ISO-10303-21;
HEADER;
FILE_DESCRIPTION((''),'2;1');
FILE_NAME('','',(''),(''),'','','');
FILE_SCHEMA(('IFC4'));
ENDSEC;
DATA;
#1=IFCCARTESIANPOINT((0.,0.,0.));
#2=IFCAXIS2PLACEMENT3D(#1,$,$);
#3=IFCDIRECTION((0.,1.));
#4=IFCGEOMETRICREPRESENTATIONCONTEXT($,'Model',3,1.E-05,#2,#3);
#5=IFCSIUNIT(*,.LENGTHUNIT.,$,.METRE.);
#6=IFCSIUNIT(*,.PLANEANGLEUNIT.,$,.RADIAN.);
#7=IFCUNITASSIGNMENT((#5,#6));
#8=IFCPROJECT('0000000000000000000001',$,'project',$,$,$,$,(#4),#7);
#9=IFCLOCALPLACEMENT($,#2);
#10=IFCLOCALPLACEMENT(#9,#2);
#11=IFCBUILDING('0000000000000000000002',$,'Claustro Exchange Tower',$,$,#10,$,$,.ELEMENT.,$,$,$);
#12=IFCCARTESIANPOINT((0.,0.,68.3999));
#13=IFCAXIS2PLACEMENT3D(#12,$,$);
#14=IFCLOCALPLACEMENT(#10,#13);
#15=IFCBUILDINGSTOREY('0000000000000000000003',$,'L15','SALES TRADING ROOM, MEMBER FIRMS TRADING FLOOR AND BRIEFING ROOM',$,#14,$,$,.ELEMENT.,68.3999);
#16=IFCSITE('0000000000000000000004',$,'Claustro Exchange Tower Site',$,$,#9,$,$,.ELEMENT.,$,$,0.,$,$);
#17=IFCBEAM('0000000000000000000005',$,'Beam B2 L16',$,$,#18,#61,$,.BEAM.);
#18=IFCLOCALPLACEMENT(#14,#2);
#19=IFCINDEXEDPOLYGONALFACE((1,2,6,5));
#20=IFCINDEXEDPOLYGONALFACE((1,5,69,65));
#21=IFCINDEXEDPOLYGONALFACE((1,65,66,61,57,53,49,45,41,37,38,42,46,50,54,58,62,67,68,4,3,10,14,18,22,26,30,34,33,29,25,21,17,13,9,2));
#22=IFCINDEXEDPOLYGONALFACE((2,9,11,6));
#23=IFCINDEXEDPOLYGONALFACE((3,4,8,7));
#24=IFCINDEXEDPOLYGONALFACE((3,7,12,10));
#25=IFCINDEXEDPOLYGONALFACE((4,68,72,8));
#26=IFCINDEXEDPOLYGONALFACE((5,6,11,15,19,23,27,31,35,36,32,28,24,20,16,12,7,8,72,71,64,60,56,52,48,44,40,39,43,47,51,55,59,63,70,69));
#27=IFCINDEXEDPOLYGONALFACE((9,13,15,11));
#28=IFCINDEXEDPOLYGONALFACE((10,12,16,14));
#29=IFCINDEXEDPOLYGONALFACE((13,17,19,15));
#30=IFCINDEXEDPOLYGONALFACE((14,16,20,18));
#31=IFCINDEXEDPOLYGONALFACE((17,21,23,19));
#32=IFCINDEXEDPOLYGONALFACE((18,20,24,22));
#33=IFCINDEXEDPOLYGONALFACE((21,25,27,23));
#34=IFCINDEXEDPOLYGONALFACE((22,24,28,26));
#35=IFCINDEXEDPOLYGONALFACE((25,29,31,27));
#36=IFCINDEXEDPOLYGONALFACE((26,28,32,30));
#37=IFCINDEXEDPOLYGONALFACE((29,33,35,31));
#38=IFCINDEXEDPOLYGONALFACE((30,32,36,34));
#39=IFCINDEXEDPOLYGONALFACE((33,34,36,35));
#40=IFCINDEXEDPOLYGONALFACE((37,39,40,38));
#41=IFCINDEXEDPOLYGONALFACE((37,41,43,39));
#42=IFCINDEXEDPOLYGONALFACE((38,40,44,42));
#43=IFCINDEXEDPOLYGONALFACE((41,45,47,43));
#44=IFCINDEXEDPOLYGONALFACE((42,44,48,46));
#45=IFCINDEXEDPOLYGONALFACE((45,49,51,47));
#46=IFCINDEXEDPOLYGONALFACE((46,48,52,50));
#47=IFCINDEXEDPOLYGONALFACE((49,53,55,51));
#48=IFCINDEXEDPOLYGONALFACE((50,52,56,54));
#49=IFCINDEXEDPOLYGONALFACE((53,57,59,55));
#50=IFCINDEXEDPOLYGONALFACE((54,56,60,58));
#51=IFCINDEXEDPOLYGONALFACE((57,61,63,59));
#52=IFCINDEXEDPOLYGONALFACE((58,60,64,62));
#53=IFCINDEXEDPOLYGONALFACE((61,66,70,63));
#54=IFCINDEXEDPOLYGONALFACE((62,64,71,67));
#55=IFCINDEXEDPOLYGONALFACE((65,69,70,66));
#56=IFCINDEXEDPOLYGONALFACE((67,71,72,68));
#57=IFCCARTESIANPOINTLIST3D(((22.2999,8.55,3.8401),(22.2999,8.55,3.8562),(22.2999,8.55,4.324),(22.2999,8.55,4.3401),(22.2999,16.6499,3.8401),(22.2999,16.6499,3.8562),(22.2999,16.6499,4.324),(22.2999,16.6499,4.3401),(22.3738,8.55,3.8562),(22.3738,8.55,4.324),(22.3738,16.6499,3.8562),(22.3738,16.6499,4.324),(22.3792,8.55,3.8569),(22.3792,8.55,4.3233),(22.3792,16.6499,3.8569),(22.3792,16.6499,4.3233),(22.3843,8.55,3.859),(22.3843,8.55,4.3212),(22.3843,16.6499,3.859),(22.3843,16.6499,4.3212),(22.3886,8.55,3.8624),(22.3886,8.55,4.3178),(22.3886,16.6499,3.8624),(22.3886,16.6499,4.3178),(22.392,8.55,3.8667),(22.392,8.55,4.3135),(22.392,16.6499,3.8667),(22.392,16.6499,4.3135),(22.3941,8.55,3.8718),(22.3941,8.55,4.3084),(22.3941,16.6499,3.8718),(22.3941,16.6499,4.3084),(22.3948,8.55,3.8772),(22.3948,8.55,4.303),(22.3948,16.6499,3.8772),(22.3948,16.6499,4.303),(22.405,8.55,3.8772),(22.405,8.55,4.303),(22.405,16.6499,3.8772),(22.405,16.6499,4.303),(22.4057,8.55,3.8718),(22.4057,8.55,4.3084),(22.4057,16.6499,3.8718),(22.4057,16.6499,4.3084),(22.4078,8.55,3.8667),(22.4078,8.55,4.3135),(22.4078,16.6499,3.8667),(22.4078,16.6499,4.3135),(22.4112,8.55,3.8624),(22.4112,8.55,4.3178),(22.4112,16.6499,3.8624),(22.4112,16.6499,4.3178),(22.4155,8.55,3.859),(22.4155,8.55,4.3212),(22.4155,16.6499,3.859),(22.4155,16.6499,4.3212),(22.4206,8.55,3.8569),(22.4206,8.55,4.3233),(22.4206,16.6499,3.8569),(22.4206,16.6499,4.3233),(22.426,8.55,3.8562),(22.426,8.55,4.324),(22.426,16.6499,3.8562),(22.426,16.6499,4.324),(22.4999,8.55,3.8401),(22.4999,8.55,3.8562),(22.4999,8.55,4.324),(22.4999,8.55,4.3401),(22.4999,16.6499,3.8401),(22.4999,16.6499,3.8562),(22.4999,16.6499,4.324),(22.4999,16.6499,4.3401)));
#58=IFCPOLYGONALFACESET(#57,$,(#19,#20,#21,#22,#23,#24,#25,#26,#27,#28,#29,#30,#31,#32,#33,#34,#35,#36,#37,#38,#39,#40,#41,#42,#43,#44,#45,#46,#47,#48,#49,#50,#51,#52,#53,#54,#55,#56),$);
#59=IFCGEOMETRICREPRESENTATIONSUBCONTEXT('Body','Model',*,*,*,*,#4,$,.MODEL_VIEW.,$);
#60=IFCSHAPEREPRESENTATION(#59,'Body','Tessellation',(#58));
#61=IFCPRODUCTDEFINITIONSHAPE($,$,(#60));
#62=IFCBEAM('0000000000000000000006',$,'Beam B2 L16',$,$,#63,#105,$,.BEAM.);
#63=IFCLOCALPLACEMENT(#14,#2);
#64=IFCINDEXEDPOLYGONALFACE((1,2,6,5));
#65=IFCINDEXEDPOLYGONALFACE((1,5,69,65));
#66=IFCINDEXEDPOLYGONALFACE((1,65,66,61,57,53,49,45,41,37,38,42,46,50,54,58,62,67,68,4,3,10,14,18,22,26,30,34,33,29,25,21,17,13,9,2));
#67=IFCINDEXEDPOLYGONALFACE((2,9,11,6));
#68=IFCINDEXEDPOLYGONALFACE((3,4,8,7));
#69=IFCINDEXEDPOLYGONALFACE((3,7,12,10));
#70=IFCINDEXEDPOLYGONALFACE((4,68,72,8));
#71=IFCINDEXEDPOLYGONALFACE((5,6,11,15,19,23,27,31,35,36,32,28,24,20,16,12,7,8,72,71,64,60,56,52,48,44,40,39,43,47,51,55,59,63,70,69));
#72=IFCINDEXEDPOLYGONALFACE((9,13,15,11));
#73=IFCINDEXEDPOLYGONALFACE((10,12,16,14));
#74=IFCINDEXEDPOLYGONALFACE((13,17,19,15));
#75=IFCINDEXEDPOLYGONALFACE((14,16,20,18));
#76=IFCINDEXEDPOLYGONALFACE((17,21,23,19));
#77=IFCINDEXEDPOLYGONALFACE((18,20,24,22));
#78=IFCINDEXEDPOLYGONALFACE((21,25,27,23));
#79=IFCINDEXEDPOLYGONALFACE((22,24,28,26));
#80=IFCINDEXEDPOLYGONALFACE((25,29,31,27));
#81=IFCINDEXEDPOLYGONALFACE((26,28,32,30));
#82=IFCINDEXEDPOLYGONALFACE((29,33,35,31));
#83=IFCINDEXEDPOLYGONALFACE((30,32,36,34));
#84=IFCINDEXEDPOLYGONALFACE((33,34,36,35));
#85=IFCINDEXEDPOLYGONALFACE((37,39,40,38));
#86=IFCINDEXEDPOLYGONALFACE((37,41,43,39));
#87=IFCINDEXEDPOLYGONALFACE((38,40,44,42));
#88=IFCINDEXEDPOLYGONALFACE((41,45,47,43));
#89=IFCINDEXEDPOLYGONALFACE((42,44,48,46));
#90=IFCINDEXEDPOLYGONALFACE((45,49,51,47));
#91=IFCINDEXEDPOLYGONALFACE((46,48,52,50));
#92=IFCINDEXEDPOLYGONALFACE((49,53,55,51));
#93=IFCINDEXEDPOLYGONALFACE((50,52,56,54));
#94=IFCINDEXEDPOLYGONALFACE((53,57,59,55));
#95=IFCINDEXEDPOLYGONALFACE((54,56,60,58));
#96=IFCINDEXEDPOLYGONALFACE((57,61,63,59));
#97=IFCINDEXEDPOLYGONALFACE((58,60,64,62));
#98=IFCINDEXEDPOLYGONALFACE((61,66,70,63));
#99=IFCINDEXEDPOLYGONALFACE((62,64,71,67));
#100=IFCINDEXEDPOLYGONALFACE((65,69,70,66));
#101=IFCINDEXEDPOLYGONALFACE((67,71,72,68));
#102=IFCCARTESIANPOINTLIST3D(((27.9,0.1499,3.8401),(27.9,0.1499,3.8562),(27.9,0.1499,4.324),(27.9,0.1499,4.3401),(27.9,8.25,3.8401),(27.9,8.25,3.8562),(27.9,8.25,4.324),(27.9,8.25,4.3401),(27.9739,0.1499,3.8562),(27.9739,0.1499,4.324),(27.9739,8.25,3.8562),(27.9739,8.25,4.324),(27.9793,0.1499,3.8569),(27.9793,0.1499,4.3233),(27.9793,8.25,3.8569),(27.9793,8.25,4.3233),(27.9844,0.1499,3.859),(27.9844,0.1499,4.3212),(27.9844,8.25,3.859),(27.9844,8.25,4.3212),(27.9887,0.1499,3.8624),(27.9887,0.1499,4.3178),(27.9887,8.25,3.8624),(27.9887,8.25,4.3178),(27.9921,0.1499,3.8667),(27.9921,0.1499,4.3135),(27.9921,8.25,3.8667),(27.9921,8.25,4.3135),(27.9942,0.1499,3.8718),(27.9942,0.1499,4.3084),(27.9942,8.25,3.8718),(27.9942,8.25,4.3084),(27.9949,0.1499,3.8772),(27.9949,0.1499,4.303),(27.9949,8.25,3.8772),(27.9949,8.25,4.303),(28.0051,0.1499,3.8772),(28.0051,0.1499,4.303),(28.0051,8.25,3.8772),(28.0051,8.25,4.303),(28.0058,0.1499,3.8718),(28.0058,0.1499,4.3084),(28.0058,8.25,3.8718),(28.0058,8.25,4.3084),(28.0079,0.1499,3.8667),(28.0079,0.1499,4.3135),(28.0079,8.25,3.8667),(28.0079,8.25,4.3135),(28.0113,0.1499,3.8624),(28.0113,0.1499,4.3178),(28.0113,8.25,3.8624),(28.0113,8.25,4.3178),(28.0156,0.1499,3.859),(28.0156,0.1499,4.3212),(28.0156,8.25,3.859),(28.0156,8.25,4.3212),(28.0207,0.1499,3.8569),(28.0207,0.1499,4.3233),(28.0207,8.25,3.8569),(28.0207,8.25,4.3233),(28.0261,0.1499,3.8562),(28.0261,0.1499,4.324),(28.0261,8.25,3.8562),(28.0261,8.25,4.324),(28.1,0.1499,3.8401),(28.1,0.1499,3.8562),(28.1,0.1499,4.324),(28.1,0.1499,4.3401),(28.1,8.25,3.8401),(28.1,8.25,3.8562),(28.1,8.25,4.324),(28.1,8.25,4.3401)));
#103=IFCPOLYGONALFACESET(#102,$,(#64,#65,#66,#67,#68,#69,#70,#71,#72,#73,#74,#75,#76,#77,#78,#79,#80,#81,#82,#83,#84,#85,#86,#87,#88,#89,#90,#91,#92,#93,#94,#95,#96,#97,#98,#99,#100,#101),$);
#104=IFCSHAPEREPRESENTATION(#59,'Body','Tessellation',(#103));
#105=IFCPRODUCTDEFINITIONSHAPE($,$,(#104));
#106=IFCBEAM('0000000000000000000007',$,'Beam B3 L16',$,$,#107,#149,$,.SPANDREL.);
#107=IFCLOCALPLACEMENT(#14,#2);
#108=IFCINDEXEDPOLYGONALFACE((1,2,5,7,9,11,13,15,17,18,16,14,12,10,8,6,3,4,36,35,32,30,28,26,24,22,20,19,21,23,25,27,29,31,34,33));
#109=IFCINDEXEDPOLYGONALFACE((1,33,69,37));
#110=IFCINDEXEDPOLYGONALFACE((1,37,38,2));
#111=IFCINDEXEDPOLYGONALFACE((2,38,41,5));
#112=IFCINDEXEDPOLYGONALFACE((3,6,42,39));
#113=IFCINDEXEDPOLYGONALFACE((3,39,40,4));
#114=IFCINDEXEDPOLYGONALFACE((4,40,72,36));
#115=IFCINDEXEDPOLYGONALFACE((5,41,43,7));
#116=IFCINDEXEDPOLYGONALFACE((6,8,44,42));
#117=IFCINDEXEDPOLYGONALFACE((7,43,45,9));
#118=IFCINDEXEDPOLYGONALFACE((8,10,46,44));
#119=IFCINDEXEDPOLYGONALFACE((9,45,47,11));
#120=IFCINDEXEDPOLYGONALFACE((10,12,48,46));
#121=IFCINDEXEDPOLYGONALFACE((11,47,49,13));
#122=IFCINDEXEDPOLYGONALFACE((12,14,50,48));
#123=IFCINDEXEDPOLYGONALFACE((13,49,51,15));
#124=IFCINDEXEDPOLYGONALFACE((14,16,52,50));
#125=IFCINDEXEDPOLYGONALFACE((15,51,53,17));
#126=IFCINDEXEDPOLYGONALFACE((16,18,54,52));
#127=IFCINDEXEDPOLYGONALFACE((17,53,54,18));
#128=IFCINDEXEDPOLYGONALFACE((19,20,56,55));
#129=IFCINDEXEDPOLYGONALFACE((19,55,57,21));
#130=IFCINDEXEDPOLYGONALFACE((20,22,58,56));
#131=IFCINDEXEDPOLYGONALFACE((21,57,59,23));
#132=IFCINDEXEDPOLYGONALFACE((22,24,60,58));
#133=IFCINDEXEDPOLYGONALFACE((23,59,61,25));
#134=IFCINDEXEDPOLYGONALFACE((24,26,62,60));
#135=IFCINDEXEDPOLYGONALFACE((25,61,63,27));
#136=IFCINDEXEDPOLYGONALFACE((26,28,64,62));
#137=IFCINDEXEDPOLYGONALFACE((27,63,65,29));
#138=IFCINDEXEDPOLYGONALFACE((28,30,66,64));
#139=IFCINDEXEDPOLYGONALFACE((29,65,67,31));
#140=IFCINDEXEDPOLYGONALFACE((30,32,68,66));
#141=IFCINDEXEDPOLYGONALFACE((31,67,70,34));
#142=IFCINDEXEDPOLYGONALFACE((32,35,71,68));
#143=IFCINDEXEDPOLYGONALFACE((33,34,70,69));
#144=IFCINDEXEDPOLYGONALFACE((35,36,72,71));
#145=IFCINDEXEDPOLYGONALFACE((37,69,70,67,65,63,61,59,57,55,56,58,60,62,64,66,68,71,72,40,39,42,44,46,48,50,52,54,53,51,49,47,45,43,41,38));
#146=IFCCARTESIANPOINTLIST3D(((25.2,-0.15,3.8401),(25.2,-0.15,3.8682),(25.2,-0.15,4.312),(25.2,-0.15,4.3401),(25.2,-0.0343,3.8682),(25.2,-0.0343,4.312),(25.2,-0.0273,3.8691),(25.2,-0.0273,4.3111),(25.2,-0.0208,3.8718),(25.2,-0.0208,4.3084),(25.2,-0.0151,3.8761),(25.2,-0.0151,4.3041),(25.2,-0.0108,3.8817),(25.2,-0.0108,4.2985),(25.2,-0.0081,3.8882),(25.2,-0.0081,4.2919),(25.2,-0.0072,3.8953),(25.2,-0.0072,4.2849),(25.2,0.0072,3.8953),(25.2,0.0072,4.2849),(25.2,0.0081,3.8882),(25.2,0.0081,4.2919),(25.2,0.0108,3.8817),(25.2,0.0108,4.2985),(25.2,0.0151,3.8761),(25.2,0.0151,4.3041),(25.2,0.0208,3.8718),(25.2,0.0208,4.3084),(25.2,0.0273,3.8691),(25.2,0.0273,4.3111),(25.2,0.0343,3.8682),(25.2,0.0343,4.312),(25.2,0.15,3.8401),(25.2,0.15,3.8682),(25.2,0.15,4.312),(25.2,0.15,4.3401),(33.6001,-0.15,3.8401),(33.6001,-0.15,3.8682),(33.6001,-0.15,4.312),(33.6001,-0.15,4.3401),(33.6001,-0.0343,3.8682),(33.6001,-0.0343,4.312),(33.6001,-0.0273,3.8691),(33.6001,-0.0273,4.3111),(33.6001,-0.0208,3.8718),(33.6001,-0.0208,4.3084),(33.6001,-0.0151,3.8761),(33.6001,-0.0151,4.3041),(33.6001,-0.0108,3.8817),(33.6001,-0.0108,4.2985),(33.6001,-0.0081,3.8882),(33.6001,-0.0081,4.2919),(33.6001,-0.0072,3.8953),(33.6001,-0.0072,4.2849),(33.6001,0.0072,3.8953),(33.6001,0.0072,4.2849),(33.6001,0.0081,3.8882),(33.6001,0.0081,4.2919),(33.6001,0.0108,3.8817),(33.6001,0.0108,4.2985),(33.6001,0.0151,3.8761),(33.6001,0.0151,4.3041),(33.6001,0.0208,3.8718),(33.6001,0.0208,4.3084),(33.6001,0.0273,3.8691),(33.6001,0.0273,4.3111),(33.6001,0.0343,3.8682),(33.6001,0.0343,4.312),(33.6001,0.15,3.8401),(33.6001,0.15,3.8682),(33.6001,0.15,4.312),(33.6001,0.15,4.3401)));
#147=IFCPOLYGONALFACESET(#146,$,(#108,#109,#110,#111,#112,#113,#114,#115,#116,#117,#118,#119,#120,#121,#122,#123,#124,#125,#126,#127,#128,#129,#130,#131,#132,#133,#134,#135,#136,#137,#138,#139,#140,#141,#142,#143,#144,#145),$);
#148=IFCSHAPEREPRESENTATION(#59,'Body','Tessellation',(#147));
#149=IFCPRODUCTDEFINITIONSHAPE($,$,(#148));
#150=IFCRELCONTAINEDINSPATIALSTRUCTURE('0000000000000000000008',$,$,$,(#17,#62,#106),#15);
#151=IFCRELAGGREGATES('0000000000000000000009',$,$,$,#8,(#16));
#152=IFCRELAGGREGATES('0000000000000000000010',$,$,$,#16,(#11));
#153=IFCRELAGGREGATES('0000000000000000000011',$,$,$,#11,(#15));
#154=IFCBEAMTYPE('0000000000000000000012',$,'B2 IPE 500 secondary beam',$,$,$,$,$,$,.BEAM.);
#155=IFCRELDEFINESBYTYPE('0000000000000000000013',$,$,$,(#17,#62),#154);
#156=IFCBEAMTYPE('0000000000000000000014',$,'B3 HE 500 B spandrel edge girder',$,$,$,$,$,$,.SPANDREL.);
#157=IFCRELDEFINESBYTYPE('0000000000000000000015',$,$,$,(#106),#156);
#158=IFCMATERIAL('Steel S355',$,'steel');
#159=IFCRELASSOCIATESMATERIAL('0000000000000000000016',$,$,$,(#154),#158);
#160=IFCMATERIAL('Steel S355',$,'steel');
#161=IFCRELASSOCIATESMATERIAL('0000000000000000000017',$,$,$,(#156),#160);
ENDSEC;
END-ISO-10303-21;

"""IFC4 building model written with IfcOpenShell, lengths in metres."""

from ifc_helpers import new_model, si_unit, direction, frame, origin, origin_2d, place, context, subcontext, project, spatial, i_section, extrude, material, material_profile, profile_set, type_object, element, save


model = new_model("IFC4")

# Units and contexts
model_context = context("Model", 3, precision=1e-05, world=origin(), true_north=direction((0.0, 1.0)))
body_context = subcontext(model_context, "Body", "Model", "MODEL_VIEW")
ifc_project = project(units=[si_unit("LENGTHUNIT", "METRE"), si_unit("PLANEANGLEUNIT", "RADIAN")], contexts=[model_context])

# Site, building, storey
site_placement = place(None, origin())
site = spatial("IfcSite", under=ifc_project, at=site_placement, Name="Claustro Exchange Tower Site", CompositionType="ELEMENT", RefElevation=0.0)
building_placement = place(site_placement, origin())
building = spatial("IfcBuilding", under=site, at=building_placement, Name="Claustro Exchange Tower", CompositionType="ELEMENT")
storey_placement = place(building_placement, frame((0.0, 0.0, 68.3999)))
storey = spatial("IfcBuildingStorey", under=building, at=storey_placement, Name="L15", Description="SALES TRADING ROOM, MEMBER FIRMS TRADING FLOOR AND BRIEFING ROOM", CompositionType="ELEMENT", Elevation=68.3999)

# Beams
ifc_material_1 = material(Name="Steel S355", Category="steel")
ifc_material_profile_1 = material_profile(ifc_material_1, i_section(OverallWidth=0.2, OverallDepth=0.5, WebThickness=0.0103, FlangeThickness=0.0161, FilletRadius=0.021, at=origin_2d()), Name="IPE 500")
ifc_profile_set_1 = profile_set([ifc_material_profile_1], Name="Steel S355")
beam_type_1 = type_object("IfcBeamType", Name="B2 IPE 500 secondary beam", PredefinedType="BEAM", material=ifc_profile_set_1)
for number, where, z_axis, x_axis, name in (
    (1, (22.3999, 8.55, 4.0901), (0.0, 1.0, 0.0), (-1.0, 0.0, 0.0), "Beam B2 L16"),
):
    element("IfcBeam", number, at=place(storey_placement, frame(where, z_axis=z_axis, x_axis=x_axis)), inside=storey, type_object=beam_type_1, Name=name, PredefinedType="BEAM", context=body_context, shape_type="SweptSolid", body=[
        extrude(i_section(OverallWidth=0.2, OverallDepth=0.5, WebThickness=0.0103, FlangeThickness=0.0161, FilletRadius=0.021, at=origin_2d()), origin(), (0.0, 0.0, 1.0), 8.0999),
    ])
beam_1_placement = place(storey_placement, frame((28.0, 0.1499, 4.0901), z_axis=(0.0, 1.0, 0.0), x_axis=(-1.0, 0.0, 0.0)))
element("IfcBeam", 2, at=beam_1_placement, inside=storey, type_object=beam_type_1, Name="Beam B2 L16", PredefinedType="BEAM", context=body_context, shape_type="SweptSolid", body=[
    extrude(i_section(OverallWidth=0.2, OverallDepth=0.5, WebThickness=0.0103, FlangeThickness=0.0161, FilletRadius=0.021, at=origin_2d()), origin(), (0.0, 0.0, 1.0), 8.1001),
])
ifc_material_2 = material(Name="Steel S355", Category="steel")
ifc_material_profile_2 = material_profile(ifc_material_2, i_section(OverallWidth=0.3, OverallDepth=0.5, WebThickness=0.0144, FlangeThickness=0.0281, FilletRadius=0.0271, at=origin_2d()), Name="HE 500 B")
ifc_profile_set_2 = profile_set([ifc_material_profile_2], Name="Steel S355")
beam_type_2 = type_object("IfcBeamType", Name="B3 HE 500 B spandrel edge girder", PredefinedType="SPANDREL", material=ifc_profile_set_2)
beam_2_placement = place(storey_placement, frame((25.2, 0.0, 4.0901), z_axis=(1.0, 0.0, 0.0), x_axis=(0.0, 1.0, 0.0)))
element("IfcBeam", 3, at=beam_2_placement, inside=storey, type_object=beam_type_2, Name="Beam B3 L16", PredefinedType="SPANDREL", context=body_context, shape_type="SweptSolid", body=[
    extrude(i_section(OverallWidth=0.3, OverallDepth=0.5, WebThickness=0.0144, FlangeThickness=0.0281, FilletRadius=0.0271, at=origin_2d()), origin(), (0.0, 0.0, 1.0), 8.4001),
])

save(model, "model.ifc")
